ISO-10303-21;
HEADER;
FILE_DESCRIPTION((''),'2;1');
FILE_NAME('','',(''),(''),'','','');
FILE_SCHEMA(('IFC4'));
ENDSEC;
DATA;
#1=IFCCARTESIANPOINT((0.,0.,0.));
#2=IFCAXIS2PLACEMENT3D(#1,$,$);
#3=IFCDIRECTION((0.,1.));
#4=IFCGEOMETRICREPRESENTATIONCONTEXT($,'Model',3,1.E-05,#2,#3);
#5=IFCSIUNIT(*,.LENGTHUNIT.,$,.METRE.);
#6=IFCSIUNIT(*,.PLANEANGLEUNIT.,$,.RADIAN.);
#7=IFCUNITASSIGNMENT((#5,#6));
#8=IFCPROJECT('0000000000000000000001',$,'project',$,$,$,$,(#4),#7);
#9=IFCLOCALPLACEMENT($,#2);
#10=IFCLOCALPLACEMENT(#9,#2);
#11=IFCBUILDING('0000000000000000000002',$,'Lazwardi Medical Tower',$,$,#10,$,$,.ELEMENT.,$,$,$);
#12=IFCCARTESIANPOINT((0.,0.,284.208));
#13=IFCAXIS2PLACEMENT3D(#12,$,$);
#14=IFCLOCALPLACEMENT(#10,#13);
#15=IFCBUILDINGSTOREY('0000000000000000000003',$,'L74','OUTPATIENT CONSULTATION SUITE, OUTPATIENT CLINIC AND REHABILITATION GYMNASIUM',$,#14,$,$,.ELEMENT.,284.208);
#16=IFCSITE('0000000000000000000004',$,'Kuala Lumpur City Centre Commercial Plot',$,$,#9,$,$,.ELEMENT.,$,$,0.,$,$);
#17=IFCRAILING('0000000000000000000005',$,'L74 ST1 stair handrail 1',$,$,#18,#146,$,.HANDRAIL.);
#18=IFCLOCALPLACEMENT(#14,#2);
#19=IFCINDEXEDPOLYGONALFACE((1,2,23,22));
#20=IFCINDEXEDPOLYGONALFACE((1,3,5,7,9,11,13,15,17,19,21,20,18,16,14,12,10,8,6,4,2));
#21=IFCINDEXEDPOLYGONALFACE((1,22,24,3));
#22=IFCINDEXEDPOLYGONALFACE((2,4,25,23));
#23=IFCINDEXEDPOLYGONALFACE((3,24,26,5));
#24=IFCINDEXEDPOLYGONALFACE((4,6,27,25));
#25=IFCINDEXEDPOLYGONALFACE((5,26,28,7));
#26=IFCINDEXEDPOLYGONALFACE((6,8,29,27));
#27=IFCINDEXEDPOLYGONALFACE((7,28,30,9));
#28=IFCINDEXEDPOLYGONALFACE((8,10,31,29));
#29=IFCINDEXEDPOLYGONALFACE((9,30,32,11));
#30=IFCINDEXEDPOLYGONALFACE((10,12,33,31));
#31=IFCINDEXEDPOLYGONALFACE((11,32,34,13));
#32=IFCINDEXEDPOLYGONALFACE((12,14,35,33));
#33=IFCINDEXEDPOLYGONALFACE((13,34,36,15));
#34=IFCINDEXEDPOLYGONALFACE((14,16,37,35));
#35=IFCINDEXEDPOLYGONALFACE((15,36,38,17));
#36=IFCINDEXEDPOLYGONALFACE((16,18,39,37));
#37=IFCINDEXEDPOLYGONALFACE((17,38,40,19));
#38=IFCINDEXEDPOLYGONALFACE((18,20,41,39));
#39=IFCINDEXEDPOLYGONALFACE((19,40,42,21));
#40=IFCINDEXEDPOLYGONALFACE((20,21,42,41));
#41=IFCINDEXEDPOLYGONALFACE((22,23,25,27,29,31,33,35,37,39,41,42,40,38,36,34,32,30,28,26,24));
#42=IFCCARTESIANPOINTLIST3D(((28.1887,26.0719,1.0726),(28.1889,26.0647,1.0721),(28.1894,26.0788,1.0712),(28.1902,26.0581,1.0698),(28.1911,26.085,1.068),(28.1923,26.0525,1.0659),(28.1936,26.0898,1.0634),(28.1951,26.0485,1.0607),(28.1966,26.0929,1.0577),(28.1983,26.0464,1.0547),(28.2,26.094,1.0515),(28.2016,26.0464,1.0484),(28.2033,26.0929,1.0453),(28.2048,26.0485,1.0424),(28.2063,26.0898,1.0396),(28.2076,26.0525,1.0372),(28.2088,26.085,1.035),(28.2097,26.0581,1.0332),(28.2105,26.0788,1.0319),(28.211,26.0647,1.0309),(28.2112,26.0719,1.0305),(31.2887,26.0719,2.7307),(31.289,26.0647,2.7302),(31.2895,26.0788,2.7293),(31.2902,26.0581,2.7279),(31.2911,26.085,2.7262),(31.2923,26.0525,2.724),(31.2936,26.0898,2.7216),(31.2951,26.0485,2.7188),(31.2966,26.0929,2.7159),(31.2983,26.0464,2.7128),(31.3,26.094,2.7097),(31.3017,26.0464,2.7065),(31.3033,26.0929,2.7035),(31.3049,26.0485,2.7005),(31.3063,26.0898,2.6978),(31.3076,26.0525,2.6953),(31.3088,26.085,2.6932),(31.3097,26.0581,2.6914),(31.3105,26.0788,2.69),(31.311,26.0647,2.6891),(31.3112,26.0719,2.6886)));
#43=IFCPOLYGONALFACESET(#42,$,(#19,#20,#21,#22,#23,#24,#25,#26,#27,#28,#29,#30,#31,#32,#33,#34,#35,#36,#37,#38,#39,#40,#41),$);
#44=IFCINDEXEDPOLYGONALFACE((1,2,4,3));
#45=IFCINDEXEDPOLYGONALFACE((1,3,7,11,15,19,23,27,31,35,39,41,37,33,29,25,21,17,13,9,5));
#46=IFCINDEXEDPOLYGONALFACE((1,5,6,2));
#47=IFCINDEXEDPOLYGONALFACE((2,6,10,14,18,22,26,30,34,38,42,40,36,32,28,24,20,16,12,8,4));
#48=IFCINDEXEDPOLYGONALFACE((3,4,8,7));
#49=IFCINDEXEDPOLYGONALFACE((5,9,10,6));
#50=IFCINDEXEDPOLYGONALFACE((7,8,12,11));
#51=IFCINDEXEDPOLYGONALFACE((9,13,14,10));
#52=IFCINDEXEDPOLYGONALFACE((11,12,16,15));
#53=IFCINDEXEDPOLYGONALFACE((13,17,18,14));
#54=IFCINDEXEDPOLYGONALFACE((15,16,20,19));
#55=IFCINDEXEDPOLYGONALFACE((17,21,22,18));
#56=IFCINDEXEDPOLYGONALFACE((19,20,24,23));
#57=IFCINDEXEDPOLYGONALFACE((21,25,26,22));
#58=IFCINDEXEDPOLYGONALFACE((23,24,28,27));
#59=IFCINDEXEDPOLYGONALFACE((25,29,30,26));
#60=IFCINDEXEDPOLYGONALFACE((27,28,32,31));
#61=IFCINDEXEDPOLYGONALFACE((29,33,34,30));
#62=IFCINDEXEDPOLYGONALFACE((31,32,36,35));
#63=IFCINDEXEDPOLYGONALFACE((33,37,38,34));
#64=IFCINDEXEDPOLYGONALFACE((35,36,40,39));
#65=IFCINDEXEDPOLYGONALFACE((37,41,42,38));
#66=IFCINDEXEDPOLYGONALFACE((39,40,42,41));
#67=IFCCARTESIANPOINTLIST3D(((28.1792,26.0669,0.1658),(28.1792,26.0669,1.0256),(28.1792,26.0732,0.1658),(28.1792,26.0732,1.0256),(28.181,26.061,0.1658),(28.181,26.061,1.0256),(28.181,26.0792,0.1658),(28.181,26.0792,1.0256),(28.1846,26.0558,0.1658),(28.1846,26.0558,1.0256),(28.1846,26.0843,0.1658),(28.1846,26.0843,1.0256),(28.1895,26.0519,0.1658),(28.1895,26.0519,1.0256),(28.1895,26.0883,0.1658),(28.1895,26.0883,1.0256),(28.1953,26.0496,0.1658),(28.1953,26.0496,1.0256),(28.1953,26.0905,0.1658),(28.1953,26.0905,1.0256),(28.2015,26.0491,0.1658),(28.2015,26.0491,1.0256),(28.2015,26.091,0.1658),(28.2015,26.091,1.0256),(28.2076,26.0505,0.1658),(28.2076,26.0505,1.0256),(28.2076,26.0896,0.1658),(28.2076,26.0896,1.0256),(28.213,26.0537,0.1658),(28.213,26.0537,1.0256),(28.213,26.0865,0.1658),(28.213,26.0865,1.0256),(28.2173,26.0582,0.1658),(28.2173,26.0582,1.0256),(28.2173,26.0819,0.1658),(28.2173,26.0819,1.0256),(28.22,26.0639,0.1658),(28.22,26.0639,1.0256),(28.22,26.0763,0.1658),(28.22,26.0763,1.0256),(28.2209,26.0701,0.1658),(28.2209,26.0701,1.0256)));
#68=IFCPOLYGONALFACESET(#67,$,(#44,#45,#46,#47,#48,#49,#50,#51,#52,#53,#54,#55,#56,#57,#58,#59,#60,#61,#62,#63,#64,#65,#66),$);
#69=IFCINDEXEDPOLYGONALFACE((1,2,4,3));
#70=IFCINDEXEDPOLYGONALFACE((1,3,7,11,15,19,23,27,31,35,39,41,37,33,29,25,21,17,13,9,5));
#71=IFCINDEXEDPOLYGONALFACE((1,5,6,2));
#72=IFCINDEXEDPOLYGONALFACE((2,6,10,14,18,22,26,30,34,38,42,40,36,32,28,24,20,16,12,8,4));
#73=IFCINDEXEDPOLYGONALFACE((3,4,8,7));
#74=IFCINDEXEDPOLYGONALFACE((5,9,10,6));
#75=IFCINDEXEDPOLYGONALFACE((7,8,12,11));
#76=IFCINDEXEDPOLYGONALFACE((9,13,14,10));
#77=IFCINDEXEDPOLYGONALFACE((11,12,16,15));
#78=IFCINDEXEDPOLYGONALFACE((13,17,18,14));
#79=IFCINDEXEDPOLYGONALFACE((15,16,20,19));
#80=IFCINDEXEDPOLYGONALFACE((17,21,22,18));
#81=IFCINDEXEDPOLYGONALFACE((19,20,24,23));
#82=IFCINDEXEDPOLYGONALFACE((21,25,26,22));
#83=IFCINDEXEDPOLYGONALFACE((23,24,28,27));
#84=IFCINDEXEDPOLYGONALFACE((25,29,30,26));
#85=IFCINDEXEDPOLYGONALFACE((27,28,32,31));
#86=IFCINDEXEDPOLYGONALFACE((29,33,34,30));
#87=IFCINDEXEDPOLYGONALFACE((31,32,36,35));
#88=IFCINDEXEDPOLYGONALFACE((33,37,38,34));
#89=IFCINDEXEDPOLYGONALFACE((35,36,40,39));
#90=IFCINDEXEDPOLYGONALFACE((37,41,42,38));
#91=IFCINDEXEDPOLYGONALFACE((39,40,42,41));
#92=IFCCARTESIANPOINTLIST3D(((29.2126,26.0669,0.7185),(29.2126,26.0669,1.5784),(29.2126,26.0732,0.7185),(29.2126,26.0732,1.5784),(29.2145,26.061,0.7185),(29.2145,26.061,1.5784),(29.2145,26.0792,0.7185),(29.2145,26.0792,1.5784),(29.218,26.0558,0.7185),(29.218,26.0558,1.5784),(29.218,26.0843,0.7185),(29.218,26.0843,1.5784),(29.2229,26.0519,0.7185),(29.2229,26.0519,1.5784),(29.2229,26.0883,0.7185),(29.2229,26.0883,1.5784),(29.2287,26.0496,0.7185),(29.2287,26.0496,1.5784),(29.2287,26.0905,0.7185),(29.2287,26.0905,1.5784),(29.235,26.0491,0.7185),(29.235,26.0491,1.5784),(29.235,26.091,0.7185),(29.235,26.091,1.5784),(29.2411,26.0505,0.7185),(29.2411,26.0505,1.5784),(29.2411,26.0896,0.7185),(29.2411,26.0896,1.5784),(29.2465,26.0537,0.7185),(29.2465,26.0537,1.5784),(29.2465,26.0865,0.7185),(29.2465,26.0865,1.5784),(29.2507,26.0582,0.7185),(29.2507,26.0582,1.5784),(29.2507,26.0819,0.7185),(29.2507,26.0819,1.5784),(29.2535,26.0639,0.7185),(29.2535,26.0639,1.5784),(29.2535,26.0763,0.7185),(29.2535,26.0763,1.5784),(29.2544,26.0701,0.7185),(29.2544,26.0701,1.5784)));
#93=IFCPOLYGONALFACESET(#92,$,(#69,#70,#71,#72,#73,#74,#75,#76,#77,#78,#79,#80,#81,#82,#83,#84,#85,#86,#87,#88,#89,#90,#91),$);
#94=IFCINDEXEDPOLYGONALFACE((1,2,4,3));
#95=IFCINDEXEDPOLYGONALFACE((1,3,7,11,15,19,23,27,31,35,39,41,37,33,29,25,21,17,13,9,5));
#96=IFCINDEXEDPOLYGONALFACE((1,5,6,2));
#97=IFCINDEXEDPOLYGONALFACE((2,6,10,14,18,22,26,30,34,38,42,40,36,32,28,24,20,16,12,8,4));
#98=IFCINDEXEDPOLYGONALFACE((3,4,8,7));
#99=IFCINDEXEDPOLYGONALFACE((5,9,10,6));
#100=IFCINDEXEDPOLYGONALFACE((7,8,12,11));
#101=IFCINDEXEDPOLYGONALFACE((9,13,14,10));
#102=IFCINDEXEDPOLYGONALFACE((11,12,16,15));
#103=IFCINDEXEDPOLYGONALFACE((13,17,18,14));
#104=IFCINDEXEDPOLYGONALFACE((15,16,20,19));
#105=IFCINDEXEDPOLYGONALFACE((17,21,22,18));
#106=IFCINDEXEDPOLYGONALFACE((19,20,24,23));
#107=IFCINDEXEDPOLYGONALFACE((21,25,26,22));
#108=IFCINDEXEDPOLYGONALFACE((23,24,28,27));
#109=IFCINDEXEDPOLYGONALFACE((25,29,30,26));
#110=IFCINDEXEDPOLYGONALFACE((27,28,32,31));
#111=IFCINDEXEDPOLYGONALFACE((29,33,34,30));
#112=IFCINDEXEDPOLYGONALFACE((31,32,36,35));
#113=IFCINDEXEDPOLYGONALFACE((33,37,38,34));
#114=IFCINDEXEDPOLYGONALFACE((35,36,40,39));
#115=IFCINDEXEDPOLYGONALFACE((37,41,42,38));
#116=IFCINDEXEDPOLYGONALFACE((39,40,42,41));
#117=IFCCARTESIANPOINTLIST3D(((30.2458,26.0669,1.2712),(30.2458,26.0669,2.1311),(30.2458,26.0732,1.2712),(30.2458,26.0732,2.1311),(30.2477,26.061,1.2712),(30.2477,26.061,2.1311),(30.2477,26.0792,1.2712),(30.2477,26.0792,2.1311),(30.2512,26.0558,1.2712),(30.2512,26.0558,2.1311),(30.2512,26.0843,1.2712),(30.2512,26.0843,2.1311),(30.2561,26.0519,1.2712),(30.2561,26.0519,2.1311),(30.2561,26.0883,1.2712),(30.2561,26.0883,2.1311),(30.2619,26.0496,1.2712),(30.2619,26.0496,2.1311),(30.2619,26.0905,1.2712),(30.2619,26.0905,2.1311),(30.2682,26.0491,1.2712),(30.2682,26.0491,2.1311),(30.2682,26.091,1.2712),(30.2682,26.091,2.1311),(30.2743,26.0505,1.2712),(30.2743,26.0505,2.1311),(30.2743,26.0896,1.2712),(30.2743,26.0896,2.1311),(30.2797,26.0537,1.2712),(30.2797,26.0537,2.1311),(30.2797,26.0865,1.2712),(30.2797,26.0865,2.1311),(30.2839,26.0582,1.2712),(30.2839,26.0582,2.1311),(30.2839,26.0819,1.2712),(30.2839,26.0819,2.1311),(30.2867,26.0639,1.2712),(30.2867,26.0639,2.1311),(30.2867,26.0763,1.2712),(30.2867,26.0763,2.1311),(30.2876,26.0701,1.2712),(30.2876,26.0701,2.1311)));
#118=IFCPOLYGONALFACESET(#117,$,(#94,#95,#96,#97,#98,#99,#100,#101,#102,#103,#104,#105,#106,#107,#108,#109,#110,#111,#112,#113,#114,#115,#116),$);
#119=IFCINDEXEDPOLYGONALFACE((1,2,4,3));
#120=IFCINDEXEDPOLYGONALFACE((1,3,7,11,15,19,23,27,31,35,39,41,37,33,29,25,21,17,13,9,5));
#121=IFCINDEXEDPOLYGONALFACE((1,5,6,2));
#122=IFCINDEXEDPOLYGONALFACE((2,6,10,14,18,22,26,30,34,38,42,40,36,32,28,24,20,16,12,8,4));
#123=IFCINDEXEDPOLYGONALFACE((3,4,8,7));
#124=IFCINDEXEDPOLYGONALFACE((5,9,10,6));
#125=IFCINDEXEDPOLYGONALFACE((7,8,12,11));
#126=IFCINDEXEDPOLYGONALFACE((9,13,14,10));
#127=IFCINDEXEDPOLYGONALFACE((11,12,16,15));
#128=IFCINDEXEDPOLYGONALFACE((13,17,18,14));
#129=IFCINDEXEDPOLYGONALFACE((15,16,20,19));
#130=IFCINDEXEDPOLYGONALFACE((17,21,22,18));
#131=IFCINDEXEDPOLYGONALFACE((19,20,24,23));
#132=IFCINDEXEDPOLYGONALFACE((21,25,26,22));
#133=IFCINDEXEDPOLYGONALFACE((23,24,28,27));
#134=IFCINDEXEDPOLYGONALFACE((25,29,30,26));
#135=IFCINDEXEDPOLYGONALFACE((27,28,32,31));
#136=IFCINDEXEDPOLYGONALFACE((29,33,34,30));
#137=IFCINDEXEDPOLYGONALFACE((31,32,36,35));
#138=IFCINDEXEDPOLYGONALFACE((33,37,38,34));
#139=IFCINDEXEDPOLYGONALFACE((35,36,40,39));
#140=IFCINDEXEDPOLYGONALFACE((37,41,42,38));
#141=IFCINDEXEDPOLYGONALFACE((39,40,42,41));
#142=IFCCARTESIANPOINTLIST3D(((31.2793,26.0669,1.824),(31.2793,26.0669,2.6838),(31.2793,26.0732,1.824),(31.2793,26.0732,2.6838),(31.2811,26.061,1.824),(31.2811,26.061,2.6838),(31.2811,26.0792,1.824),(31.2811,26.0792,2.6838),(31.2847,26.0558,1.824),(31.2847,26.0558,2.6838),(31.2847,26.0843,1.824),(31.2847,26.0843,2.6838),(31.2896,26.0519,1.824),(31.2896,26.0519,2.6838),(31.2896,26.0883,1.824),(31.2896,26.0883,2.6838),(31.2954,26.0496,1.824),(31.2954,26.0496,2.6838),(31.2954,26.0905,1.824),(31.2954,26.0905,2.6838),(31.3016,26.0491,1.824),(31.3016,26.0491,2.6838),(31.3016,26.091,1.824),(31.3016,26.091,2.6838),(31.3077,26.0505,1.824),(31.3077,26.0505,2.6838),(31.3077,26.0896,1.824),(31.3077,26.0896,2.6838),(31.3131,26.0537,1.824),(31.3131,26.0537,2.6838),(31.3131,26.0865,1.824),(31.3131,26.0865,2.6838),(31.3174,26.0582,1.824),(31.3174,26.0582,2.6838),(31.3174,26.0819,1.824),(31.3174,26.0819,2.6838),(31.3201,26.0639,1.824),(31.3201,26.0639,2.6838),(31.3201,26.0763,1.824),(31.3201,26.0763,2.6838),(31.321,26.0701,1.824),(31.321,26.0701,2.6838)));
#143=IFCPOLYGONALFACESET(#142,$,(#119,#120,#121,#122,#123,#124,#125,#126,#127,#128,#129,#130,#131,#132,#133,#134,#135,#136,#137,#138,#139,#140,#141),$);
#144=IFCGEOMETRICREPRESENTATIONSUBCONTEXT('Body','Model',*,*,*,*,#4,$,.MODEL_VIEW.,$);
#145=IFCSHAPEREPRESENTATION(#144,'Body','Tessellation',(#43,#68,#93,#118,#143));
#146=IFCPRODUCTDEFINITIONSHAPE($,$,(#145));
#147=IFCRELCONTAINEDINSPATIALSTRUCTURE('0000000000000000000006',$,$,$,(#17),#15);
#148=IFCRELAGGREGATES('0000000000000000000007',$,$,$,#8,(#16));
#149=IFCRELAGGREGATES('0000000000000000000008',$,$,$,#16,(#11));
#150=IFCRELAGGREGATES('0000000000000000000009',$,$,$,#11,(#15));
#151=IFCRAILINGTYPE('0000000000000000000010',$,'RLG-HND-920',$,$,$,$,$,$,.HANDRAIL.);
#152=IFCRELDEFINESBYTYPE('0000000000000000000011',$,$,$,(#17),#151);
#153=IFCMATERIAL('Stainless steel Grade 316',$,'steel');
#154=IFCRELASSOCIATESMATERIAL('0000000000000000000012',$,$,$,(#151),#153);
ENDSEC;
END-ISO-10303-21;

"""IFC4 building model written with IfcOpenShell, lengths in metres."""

from ifc_helpers import new_model, si_unit, direction, frame, origin, origin_2d, place, context, subcontext, project, spatial, circle, extrude, material, type_object, element, save


model = new_model("IFC4")

# Units and contexts
model_context = context("Model", 3, precision=1e-05, world=origin(), true_north=direction((0.0, 1.0)))
body_context = subcontext(model_context, "Body", "Model", "MODEL_VIEW")
ifc_project = project(units=[si_unit("LENGTHUNIT", "METRE"), si_unit("PLANEANGLEUNIT", "RADIAN")], contexts=[model_context])

# Site, building, storey
site_placement = place(None, origin())
site = spatial("IfcSite", under=ifc_project, at=site_placement, Name="Kuala Lumpur City Centre Commercial Plot", CompositionType="ELEMENT", RefElevation=0.0)
building_placement = place(site_placement, origin())
building = spatial("IfcBuilding", under=site, at=building_placement, Name="Lazwardi Medical Tower", CompositionType="ELEMENT")
storey_placement = place(building_placement, frame((0.0, 0.0, 284.208)))
storey = spatial("IfcBuildingStorey", under=building, at=storey_placement, Name="L74", Description="OUTPATIENT CONSULTATION SUITE, OUTPATIENT CLINIC AND REHABILITATION GYMNASIUM", CompositionType="ELEMENT", Elevation=284.208)

# Railing
ifc_material_1 = material(Name="Stainless steel Grade 316", Category="steel")
railing_type_1 = type_object("IfcRailingType", Name="RLG-HND-920", PredefinedType="HANDRAIL", material=ifc_material_1)
railing_1_placement = place(storey_placement, frame((28.2, 26.0701, 0.1658)))
element("IfcRailing", 1, at=railing_1_placement, inside=storey, type_object=railing_type_1, Name="L74 ST1 stair handrail 1", PredefinedType="HANDRAIL", context=body_context, shape_type="SweptSolid", body=[
    extrude(circle(Radius=0.0239, at=origin_2d()), frame((0.0, 0.0, 0.8857), z_axis=(0.881783, 0.0, 0.471655), x_axis=(0.0, 1.0, 0.0)), (0.0, 0.0, 1.0), 3.5156),
    extrude(circle(Radius=0.021, at=origin_2d()), origin(), (0.0, 0.0, 1.0), 0.8599),
    extrude(circle(Radius=0.021, at=origin_2d()), frame((1.0334, 0.0, 0.5527)), (0.0, 0.0, 1.0), 0.8599),
    extrude(circle(Radius=0.021, at=origin_2d()), frame((2.0667, 0.0, 1.1055)), (0.0, 0.0, 1.0), 0.8599),
    extrude(circle(Radius=0.021, at=origin_2d()), frame((3.1001, 0.0, 1.6582)), (0.0, 0.0, 1.0), 0.8599),
])

save(model, "model.ifc")
